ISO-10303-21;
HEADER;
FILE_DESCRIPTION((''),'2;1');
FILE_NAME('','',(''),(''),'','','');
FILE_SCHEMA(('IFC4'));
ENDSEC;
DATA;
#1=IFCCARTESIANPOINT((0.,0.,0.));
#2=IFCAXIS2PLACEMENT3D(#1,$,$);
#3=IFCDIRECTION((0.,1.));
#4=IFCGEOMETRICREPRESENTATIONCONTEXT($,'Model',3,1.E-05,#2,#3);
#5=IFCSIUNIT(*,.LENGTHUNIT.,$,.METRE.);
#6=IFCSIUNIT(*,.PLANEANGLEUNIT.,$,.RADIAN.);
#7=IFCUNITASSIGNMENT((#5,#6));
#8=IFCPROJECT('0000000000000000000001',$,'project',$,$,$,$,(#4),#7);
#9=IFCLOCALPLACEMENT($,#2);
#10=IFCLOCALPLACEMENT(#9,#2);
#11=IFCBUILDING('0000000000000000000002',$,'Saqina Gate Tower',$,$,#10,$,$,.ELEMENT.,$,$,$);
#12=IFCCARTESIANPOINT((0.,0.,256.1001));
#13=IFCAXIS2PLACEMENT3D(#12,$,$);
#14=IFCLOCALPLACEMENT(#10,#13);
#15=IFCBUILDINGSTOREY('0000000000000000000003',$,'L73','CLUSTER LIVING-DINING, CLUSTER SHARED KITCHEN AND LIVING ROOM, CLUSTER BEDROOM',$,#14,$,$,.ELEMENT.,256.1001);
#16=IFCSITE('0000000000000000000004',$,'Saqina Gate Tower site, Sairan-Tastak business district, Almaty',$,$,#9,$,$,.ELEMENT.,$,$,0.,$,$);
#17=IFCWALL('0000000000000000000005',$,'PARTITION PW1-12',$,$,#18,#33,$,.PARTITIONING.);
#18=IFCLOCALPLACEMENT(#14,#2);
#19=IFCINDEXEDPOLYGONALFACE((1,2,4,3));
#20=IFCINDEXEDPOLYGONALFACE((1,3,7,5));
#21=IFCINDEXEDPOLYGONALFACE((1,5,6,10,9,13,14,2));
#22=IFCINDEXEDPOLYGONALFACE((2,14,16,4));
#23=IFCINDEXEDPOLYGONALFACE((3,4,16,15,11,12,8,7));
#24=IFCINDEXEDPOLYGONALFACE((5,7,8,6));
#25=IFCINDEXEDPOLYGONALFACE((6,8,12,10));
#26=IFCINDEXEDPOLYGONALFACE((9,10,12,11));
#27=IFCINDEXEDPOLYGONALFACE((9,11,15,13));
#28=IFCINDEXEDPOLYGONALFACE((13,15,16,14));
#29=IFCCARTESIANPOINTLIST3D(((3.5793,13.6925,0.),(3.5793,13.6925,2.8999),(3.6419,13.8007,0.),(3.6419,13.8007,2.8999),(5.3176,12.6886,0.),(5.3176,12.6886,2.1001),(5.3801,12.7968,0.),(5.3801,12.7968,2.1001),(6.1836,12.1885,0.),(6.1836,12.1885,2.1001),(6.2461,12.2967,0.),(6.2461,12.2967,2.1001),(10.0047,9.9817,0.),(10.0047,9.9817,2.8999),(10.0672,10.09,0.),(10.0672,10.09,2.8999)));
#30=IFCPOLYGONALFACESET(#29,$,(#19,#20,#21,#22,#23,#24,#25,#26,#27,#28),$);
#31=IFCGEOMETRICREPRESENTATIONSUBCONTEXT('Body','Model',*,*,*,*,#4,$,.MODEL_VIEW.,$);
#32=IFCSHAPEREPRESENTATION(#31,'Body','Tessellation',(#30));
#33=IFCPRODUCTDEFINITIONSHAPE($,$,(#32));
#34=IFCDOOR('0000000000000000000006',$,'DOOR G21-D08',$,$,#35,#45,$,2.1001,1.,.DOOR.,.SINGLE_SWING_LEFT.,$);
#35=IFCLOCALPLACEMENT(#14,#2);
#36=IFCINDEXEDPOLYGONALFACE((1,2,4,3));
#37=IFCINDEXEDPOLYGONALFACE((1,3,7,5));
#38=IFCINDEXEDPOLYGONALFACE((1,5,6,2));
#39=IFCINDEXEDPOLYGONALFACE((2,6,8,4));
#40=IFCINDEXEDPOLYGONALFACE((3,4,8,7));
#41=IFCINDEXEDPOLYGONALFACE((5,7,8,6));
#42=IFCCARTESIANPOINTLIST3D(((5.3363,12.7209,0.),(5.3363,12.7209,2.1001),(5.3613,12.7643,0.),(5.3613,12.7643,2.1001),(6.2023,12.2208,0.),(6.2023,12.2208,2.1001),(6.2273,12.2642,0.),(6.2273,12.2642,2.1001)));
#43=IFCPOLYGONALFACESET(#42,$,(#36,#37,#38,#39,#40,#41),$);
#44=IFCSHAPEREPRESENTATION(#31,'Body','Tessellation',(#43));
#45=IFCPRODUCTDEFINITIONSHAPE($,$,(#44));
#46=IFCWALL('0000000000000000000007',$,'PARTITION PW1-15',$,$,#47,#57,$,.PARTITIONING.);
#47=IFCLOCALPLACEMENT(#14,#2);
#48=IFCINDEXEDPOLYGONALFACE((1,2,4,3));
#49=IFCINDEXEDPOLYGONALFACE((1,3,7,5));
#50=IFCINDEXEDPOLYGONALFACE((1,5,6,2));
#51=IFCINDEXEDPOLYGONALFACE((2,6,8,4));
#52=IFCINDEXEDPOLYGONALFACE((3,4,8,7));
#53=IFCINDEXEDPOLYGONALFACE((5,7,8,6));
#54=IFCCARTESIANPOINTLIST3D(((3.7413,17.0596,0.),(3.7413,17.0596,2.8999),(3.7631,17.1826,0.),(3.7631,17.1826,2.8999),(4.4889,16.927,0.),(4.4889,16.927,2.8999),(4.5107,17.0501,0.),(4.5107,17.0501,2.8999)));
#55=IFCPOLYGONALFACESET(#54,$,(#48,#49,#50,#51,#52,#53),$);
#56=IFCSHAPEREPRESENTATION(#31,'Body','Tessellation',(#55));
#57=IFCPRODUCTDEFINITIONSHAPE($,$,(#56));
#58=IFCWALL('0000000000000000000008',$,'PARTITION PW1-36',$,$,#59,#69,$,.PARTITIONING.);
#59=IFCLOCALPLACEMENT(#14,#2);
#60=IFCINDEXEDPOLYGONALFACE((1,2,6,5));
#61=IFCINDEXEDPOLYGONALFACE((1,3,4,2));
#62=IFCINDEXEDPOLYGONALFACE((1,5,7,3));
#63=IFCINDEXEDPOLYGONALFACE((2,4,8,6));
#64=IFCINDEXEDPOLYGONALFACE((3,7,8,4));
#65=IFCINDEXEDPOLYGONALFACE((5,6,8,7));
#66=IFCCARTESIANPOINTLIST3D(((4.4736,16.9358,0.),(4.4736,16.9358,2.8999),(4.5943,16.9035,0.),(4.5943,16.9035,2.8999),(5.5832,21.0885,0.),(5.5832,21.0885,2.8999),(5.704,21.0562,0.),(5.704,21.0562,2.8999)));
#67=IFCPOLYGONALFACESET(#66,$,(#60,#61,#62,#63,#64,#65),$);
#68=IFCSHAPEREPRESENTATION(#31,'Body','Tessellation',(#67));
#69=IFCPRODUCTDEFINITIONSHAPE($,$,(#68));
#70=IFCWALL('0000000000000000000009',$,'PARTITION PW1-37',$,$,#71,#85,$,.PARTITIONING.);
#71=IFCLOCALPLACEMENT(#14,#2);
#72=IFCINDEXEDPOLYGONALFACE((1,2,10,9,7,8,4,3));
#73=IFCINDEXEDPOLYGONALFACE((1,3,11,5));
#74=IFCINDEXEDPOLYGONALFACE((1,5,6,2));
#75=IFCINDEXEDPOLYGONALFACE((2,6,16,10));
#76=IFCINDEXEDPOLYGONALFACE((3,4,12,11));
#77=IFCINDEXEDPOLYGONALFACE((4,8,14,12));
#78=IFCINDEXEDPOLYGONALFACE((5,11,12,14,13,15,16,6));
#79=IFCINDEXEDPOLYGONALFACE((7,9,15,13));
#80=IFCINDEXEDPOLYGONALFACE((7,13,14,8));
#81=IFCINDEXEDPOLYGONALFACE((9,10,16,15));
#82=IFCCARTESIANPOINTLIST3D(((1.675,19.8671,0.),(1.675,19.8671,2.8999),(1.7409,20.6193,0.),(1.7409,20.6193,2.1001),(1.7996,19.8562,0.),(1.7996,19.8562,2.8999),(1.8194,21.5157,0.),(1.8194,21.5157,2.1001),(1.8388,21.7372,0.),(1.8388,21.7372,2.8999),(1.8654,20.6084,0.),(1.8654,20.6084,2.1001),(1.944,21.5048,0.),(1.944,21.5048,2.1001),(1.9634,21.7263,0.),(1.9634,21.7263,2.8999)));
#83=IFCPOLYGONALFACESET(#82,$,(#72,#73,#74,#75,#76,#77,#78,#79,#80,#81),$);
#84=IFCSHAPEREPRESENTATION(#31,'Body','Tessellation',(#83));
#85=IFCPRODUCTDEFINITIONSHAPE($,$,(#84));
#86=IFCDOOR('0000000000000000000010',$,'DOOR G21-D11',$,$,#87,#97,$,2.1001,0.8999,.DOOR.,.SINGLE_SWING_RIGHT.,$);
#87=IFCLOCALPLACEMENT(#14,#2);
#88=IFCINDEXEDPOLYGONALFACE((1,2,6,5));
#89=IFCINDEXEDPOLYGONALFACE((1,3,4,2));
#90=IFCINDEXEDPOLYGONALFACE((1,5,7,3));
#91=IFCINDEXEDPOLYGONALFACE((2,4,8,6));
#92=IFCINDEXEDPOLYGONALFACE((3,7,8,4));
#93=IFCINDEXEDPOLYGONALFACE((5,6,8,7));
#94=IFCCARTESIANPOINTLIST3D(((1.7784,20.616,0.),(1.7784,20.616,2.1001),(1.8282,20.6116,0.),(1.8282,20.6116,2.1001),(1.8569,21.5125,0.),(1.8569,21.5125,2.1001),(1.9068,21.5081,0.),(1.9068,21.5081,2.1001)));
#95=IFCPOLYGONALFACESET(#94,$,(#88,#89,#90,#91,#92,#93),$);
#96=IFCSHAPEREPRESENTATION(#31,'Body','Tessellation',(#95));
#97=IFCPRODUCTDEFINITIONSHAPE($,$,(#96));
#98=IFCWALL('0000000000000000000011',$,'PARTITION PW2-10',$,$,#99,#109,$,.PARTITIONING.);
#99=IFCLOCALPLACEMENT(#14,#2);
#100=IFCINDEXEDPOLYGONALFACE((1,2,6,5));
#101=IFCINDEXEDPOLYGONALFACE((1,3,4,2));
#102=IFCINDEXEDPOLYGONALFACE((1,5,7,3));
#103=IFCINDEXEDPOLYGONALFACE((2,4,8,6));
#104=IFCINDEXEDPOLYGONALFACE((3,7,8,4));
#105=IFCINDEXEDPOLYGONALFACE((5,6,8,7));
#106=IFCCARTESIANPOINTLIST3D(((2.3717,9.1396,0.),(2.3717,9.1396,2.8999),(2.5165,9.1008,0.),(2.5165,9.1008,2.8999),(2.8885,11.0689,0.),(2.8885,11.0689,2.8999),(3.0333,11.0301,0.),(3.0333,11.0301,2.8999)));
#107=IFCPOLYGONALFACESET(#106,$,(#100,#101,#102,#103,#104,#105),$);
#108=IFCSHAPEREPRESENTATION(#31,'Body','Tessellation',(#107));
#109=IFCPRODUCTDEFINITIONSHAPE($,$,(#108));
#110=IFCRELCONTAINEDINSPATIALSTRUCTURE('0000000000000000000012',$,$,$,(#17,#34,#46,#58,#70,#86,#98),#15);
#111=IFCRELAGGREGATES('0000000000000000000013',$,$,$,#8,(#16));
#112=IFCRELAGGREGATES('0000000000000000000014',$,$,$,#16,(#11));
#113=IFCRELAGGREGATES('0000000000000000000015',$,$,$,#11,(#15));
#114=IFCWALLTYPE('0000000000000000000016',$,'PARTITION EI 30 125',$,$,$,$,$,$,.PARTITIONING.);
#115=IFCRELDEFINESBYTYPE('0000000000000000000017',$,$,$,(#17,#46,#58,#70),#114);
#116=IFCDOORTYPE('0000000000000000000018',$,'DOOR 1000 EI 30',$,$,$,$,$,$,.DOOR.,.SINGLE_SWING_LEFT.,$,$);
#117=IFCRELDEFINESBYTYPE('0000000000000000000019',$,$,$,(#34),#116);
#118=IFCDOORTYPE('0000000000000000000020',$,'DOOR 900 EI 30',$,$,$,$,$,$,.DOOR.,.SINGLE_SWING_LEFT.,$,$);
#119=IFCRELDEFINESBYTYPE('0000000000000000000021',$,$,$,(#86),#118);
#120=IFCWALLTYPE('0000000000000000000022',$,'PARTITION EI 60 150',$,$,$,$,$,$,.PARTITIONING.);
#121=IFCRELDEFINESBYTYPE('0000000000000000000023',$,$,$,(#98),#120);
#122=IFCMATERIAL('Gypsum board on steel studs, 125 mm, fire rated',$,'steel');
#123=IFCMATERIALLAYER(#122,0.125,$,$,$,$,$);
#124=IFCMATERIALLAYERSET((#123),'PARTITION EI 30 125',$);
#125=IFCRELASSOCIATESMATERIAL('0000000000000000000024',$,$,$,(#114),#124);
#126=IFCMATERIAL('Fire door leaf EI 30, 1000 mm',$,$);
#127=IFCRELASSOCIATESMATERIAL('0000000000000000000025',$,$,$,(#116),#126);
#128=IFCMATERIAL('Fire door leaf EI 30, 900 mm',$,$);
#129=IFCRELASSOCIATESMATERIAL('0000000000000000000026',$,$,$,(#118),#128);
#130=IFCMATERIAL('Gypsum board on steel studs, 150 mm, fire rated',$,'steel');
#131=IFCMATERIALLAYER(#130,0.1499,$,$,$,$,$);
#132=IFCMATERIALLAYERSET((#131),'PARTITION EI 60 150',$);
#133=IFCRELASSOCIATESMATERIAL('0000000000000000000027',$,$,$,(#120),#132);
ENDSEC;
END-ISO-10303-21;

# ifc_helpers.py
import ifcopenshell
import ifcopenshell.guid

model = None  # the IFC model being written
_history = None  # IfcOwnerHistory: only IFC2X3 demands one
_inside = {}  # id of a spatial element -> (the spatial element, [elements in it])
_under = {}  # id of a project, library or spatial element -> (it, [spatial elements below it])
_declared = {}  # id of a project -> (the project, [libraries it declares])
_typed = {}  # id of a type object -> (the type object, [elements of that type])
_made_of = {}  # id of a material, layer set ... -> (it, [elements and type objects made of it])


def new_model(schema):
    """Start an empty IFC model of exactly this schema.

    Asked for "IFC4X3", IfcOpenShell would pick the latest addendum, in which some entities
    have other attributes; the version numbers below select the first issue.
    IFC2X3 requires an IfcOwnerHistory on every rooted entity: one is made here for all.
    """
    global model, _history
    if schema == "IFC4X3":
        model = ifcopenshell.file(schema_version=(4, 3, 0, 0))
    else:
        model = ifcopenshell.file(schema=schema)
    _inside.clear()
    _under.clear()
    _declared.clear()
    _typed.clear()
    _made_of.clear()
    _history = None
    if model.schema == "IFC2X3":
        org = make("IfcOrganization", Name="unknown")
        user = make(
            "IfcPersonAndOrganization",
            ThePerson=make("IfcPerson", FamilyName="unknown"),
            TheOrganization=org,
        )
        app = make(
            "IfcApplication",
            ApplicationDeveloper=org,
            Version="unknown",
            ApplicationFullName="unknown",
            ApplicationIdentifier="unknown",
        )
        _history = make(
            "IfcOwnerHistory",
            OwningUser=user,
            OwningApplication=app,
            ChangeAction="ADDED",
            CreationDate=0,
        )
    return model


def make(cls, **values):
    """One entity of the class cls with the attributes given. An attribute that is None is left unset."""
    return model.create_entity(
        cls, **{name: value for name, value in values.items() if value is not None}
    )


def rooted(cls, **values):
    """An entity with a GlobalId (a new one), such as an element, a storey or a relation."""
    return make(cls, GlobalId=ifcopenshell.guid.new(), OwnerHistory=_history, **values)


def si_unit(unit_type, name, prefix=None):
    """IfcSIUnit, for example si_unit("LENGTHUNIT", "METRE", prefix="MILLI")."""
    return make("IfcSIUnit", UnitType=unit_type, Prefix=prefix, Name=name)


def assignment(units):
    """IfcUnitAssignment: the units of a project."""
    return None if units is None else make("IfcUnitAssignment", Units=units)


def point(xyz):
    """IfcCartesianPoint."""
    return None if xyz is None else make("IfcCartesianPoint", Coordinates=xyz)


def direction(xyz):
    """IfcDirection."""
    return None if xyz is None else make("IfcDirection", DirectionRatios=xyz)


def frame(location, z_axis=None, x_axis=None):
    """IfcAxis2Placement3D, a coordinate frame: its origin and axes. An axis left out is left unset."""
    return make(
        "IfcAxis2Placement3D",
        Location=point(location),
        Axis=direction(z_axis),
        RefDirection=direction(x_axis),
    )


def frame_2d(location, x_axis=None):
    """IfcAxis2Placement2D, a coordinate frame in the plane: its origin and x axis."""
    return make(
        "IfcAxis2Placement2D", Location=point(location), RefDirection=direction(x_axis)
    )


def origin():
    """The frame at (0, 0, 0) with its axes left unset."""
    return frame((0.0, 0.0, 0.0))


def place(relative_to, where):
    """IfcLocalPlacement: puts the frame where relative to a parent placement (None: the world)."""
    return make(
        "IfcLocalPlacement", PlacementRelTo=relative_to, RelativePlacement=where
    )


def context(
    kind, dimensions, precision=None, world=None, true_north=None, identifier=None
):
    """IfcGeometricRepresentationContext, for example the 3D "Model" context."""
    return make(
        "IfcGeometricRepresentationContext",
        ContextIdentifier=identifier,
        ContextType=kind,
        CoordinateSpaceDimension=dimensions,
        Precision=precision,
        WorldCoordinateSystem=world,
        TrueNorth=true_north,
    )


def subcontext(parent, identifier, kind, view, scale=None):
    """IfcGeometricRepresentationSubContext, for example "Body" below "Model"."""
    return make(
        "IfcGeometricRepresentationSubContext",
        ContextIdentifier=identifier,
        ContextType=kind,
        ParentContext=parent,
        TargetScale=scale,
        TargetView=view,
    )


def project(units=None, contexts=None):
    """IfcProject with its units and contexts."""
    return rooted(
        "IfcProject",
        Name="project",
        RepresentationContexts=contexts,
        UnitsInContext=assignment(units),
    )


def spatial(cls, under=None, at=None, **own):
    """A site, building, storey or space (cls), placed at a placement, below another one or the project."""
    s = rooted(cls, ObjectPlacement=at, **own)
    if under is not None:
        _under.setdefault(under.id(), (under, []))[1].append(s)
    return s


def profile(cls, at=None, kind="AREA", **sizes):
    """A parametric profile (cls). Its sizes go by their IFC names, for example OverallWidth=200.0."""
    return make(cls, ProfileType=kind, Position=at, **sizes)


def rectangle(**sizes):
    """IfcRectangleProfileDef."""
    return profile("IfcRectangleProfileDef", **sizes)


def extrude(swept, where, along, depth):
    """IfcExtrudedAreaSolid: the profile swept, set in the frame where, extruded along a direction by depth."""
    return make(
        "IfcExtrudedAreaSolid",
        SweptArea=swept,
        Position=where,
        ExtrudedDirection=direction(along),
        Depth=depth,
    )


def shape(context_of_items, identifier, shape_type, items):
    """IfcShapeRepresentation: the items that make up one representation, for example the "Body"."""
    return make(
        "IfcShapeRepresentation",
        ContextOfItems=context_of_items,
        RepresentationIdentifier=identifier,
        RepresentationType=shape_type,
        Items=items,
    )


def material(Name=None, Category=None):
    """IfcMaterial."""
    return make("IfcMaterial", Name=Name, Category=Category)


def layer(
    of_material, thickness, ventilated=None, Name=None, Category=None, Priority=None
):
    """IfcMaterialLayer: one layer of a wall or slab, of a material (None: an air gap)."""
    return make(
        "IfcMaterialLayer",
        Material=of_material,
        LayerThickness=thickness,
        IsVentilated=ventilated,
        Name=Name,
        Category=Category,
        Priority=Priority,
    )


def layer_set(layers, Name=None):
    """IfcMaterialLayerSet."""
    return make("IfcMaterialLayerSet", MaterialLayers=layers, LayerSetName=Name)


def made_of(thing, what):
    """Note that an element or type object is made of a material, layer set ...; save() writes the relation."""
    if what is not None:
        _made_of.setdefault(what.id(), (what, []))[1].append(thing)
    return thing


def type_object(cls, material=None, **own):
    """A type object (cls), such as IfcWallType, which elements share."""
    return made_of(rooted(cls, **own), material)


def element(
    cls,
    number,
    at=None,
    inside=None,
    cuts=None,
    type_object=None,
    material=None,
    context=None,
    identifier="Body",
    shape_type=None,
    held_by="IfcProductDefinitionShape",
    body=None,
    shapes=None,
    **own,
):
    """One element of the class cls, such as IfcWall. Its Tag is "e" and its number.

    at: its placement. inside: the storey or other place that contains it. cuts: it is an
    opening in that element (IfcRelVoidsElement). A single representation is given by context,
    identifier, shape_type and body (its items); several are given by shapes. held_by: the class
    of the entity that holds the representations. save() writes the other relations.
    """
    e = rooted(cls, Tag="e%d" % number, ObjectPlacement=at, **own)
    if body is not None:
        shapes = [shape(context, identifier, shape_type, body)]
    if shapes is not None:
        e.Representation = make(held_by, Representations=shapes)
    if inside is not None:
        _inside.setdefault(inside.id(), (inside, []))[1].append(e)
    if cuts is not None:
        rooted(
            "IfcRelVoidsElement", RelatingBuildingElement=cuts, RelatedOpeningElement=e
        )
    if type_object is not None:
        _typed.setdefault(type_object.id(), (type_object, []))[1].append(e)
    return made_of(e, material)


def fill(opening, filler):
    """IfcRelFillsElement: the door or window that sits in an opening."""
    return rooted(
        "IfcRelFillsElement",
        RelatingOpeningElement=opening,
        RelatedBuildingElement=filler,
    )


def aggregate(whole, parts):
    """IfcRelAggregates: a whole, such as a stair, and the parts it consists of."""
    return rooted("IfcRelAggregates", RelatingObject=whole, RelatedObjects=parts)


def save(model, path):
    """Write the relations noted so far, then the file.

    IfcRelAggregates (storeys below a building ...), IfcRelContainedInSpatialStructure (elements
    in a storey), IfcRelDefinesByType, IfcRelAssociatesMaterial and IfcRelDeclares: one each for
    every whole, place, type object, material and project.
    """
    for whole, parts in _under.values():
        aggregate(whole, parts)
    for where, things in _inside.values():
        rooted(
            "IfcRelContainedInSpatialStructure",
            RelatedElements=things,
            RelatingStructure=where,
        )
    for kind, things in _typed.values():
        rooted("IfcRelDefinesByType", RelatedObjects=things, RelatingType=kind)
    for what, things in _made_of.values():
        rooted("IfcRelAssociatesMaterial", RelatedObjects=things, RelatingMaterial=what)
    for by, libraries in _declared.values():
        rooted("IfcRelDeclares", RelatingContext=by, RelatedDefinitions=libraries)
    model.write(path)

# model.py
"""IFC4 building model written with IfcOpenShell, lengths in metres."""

from ifc_helpers import new_model, si_unit, direction, frame, frame_2d, origin, place, context, subcontext, project, spatial, rectangle, extrude, material, layer, layer_set, type_object, element, fill, save


model = new_model("IFC4")

# Units and contexts
model_context = context("Model", 3, precision=1e-05, world=origin(), true_north=direction((0.0, 1.0)))
body_context = subcontext(model_context, "Body", "Model", "MODEL_VIEW")
ifc_project = project(units=[si_unit("LENGTHUNIT", "METRE"), si_unit("PLANEANGLEUNIT", "RADIAN")], contexts=[model_context])

# Site, building, storey
site_placement = place(None, origin())
site = spatial("IfcSite", under=ifc_project, at=site_placement, Name="Saqina Gate Tower site, Sairan-Tastak business district, Almaty", CompositionType="ELEMENT", RefElevation=0.0)
building_placement = place(site_placement, origin())
building = spatial("IfcBuilding", under=site, at=building_placement, Name="Saqina Gate Tower", CompositionType="ELEMENT")
storey_placement = place(building_placement, frame((0.0, 0.0, 256.1001)))
storey = spatial("IfcBuildingStorey", under=building, at=storey_placement, Name="L73", Description="CLUSTER LIVING-DINING, CLUSTER SHARED KITCHEN AND LIVING ROOM, CLUSTER BEDROOM", CompositionType="ELEMENT", Elevation=256.1001)

# Wall, opening, door
ifc_material_1 = material(Name="Gypsum board on steel studs, 125 mm, fire rated", Category="steel")
ifc_layer_1 = layer(ifc_material_1, 0.125)
ifc_layer_set_1 = layer_set([ifc_layer_1], Name="PARTITION EI 30 125")
wall_type_1 = type_object("IfcWallType", Name="PARTITION EI 30 125", PredefinedType="PARTITIONING", material=ifc_layer_set_1)
ifc_material_2 = material(Name="Fire door leaf EI 30, 1000 mm")
door_type_1 = type_object("IfcDoorType", Name="DOOR 1000 EI 30", OperationType="SINGLE_SWING_LEFT", PredefinedType="DOOR", material=ifc_material_2)
wall_1_placement = place(storey_placement, frame((3.6106, 13.7466, 0.0), z_axis=(0.0, 0.0, 1.0), x_axis=(0.865964, -0.500106, 0.0)))
wall_1 = element("IfcWall", 1, at=wall_1_placement, inside=storey, type_object=wall_type_1, Name="PARTITION PW1-12", PredefinedType="PARTITIONING", context=body_context, shape_type="SweptSolid", body=[
    extrude(rectangle(XDim=7.4199, YDim=0.125, at=frame_2d((3.71, 0.0))), origin(), (0.0, 0.0, 1.0), 2.8999),
])
opening_1_placement = place(wall_1_placement, frame((2.0073, 0.0, 0.0)))
opening_1 = element("IfcOpeningElement", 2, at=opening_1_placement, cuts=wall_1, PredefinedType="OPENING", context=body_context, shape_type="SweptSolid", body=[
    extrude(rectangle(XDim=1.0, YDim=2.1001, at=frame_2d((0.5, 1.05))), frame((0.0, 0.0745, 0.0), z_axis=(0.0, -1.0, 0.0), x_axis=(1.0, 0.0, 0.0)), (0.0, 0.0, 1.0), 0.1489),
])
door_1_placement = place(opening_1_placement, origin())
door_1 = element("IfcDoor", 3, at=door_1_placement, inside=storey, type_object=door_type_1, Name="DOOR G21-D08", OperationType="SINGLE_SWING_LEFT", OverallHeight=2.1001, OverallWidth=1.0, PredefinedType="DOOR", context=body_context, shape_type="SweptSolid", body=[
    extrude(rectangle(XDim=1.0, YDim=2.1001, at=frame_2d((0.5, 1.05))), frame((0.0, 0.0249, 0.0), z_axis=(0.0, -1.0, 0.0), x_axis=(1.0, 0.0, 0.0)), (0.0, 0.0, 1.0), 0.05),
])
fill(opening_1, door_1)

# Walls
wall_2_placement = place(storey_placement, frame((3.7522, 17.1211, 0.0), z_axis=(0.0, 0.0, 1.0), x_axis=(0.984638, -0.174611, 0.0)))
element("IfcWall", 4, at=wall_2_placement, inside=storey, type_object=wall_type_1, Name="PARTITION PW1-15", PredefinedType="PARTITIONING", context=body_context, shape_type="SweptSolid", body=[
    extrude(rectangle(XDim=0.7593, YDim=0.125, at=frame_2d((0.3796, 0.0))), origin(), (0.0, 0.0, 1.0), 2.8999),
])
wall_3_placement = place(storey_placement, frame((4.5339, 16.9197, 0.0), z_axis=(0.0, 0.0, 1.0), x_axis=(0.258154, 0.966104, 0.0)))
element("IfcWall", 5, at=wall_3_placement, inside=storey, type_object=wall_type_1, Name="PARTITION PW1-36", PredefinedType="PARTITIONING", context=body_context, shape_type="SweptSolid", body=[
    extrude(rectangle(XDim=4.2983, YDim=0.125, at=frame_2d((2.1492, 0.0))), origin(), (0.0, 0.0, 1.0), 2.8999),
])

# Wall, opening, door
wall_4_placement = place(storey_placement, frame((1.7373, 19.8618, 0.0), z_axis=(0.0, 0.0, 1.0), x_axis=(0.087264, 0.996185, 0.0)))
wall_4 = element("IfcWall", 6, at=wall_4_placement, inside=storey, type_object=wall_type_1, Name="PARTITION PW1-37", PredefinedType="PARTITIONING", context=body_context, shape_type="SweptSolid", body=[
    extrude(rectangle(XDim=1.8772, YDim=0.125, at=frame_2d((0.9385, 0.0))), origin(), (0.0, 0.0, 1.0), 2.8999),
])
opening_2_placement = place(wall_4_placement, frame((0.7549, 0.0, 0.0)))
opening_2 = element("IfcOpeningElement", 7, at=opening_2_placement, cuts=wall_4, PredefinedType="OPENING", context=body_context, shape_type="SweptSolid", body=[
    extrude(rectangle(XDim=0.8999, YDim=2.1001, at=frame_2d((0.45, 1.05))), frame((0.0, 0.0745, 0.0), z_axis=(0.0, -1.0, 0.0), x_axis=(1.0, 0.0, 0.0)), (0.0, 0.0, 1.0), 0.1489),
])
ifc_material_3 = material(Name="Fire door leaf EI 30, 900 mm")
door_type_2 = type_object("IfcDoorType", Name="DOOR 900 EI 30", OperationType="SINGLE_SWING_LEFT", PredefinedType="DOOR", material=ifc_material_3)
door_2_placement = place(opening_2_placement, origin())
door_2 = element("IfcDoor", 8, at=door_2_placement, inside=storey, type_object=door_type_2, Name="DOOR G21-D11", OperationType="SINGLE_SWING_RIGHT", OverallHeight=2.1001, OverallWidth=0.8999, PredefinedType="DOOR", context=body_context, shape_type="SweptSolid", body=[
    extrude(rectangle(XDim=0.8999, YDim=2.1001, at=frame_2d((0.45, 1.05))), frame((0.0, 0.0249, 0.0), z_axis=(0.0, -1.0, 0.0), x_axis=(1.0, 0.0, 0.0)), (0.0, 0.0, 1.0), 0.05),
])
fill(opening_2, door_2)

# Wall
ifc_material_4 = material(Name="Gypsum board on steel studs, 150 mm, fire rated", Category="steel")
ifc_layer_2 = layer(ifc_material_4, 0.1499)
ifc_layer_set_2 = layer_set([ifc_layer_2], Name="PARTITION EI 60 150")
wall_type_2 = type_object("IfcWallType", Name="PARTITION EI 60 150", PredefinedType="PARTITIONING", material=ifc_layer_set_2)
wall_5_placement = place(storey_placement, frame((2.4441, 9.1204, 0.0), z_axis=(0.0, 0.0, 1.0), x_axis=(0.258781, 0.965936, 0.0)))
element("IfcWall", 9, at=wall_5_placement, inside=storey, type_object=wall_type_2, Name="PARTITION PW2-10", PredefinedType="PARTITIONING", context=body_context, shape_type="SweptSolid", body=[
    extrude(rectangle(XDim=1.9973, YDim=0.1499, at=frame_2d((0.9985, 0.0))), origin(), (0.0, 0.0, 1.0), 2.8999),
])

save(model, "model.ifc")
